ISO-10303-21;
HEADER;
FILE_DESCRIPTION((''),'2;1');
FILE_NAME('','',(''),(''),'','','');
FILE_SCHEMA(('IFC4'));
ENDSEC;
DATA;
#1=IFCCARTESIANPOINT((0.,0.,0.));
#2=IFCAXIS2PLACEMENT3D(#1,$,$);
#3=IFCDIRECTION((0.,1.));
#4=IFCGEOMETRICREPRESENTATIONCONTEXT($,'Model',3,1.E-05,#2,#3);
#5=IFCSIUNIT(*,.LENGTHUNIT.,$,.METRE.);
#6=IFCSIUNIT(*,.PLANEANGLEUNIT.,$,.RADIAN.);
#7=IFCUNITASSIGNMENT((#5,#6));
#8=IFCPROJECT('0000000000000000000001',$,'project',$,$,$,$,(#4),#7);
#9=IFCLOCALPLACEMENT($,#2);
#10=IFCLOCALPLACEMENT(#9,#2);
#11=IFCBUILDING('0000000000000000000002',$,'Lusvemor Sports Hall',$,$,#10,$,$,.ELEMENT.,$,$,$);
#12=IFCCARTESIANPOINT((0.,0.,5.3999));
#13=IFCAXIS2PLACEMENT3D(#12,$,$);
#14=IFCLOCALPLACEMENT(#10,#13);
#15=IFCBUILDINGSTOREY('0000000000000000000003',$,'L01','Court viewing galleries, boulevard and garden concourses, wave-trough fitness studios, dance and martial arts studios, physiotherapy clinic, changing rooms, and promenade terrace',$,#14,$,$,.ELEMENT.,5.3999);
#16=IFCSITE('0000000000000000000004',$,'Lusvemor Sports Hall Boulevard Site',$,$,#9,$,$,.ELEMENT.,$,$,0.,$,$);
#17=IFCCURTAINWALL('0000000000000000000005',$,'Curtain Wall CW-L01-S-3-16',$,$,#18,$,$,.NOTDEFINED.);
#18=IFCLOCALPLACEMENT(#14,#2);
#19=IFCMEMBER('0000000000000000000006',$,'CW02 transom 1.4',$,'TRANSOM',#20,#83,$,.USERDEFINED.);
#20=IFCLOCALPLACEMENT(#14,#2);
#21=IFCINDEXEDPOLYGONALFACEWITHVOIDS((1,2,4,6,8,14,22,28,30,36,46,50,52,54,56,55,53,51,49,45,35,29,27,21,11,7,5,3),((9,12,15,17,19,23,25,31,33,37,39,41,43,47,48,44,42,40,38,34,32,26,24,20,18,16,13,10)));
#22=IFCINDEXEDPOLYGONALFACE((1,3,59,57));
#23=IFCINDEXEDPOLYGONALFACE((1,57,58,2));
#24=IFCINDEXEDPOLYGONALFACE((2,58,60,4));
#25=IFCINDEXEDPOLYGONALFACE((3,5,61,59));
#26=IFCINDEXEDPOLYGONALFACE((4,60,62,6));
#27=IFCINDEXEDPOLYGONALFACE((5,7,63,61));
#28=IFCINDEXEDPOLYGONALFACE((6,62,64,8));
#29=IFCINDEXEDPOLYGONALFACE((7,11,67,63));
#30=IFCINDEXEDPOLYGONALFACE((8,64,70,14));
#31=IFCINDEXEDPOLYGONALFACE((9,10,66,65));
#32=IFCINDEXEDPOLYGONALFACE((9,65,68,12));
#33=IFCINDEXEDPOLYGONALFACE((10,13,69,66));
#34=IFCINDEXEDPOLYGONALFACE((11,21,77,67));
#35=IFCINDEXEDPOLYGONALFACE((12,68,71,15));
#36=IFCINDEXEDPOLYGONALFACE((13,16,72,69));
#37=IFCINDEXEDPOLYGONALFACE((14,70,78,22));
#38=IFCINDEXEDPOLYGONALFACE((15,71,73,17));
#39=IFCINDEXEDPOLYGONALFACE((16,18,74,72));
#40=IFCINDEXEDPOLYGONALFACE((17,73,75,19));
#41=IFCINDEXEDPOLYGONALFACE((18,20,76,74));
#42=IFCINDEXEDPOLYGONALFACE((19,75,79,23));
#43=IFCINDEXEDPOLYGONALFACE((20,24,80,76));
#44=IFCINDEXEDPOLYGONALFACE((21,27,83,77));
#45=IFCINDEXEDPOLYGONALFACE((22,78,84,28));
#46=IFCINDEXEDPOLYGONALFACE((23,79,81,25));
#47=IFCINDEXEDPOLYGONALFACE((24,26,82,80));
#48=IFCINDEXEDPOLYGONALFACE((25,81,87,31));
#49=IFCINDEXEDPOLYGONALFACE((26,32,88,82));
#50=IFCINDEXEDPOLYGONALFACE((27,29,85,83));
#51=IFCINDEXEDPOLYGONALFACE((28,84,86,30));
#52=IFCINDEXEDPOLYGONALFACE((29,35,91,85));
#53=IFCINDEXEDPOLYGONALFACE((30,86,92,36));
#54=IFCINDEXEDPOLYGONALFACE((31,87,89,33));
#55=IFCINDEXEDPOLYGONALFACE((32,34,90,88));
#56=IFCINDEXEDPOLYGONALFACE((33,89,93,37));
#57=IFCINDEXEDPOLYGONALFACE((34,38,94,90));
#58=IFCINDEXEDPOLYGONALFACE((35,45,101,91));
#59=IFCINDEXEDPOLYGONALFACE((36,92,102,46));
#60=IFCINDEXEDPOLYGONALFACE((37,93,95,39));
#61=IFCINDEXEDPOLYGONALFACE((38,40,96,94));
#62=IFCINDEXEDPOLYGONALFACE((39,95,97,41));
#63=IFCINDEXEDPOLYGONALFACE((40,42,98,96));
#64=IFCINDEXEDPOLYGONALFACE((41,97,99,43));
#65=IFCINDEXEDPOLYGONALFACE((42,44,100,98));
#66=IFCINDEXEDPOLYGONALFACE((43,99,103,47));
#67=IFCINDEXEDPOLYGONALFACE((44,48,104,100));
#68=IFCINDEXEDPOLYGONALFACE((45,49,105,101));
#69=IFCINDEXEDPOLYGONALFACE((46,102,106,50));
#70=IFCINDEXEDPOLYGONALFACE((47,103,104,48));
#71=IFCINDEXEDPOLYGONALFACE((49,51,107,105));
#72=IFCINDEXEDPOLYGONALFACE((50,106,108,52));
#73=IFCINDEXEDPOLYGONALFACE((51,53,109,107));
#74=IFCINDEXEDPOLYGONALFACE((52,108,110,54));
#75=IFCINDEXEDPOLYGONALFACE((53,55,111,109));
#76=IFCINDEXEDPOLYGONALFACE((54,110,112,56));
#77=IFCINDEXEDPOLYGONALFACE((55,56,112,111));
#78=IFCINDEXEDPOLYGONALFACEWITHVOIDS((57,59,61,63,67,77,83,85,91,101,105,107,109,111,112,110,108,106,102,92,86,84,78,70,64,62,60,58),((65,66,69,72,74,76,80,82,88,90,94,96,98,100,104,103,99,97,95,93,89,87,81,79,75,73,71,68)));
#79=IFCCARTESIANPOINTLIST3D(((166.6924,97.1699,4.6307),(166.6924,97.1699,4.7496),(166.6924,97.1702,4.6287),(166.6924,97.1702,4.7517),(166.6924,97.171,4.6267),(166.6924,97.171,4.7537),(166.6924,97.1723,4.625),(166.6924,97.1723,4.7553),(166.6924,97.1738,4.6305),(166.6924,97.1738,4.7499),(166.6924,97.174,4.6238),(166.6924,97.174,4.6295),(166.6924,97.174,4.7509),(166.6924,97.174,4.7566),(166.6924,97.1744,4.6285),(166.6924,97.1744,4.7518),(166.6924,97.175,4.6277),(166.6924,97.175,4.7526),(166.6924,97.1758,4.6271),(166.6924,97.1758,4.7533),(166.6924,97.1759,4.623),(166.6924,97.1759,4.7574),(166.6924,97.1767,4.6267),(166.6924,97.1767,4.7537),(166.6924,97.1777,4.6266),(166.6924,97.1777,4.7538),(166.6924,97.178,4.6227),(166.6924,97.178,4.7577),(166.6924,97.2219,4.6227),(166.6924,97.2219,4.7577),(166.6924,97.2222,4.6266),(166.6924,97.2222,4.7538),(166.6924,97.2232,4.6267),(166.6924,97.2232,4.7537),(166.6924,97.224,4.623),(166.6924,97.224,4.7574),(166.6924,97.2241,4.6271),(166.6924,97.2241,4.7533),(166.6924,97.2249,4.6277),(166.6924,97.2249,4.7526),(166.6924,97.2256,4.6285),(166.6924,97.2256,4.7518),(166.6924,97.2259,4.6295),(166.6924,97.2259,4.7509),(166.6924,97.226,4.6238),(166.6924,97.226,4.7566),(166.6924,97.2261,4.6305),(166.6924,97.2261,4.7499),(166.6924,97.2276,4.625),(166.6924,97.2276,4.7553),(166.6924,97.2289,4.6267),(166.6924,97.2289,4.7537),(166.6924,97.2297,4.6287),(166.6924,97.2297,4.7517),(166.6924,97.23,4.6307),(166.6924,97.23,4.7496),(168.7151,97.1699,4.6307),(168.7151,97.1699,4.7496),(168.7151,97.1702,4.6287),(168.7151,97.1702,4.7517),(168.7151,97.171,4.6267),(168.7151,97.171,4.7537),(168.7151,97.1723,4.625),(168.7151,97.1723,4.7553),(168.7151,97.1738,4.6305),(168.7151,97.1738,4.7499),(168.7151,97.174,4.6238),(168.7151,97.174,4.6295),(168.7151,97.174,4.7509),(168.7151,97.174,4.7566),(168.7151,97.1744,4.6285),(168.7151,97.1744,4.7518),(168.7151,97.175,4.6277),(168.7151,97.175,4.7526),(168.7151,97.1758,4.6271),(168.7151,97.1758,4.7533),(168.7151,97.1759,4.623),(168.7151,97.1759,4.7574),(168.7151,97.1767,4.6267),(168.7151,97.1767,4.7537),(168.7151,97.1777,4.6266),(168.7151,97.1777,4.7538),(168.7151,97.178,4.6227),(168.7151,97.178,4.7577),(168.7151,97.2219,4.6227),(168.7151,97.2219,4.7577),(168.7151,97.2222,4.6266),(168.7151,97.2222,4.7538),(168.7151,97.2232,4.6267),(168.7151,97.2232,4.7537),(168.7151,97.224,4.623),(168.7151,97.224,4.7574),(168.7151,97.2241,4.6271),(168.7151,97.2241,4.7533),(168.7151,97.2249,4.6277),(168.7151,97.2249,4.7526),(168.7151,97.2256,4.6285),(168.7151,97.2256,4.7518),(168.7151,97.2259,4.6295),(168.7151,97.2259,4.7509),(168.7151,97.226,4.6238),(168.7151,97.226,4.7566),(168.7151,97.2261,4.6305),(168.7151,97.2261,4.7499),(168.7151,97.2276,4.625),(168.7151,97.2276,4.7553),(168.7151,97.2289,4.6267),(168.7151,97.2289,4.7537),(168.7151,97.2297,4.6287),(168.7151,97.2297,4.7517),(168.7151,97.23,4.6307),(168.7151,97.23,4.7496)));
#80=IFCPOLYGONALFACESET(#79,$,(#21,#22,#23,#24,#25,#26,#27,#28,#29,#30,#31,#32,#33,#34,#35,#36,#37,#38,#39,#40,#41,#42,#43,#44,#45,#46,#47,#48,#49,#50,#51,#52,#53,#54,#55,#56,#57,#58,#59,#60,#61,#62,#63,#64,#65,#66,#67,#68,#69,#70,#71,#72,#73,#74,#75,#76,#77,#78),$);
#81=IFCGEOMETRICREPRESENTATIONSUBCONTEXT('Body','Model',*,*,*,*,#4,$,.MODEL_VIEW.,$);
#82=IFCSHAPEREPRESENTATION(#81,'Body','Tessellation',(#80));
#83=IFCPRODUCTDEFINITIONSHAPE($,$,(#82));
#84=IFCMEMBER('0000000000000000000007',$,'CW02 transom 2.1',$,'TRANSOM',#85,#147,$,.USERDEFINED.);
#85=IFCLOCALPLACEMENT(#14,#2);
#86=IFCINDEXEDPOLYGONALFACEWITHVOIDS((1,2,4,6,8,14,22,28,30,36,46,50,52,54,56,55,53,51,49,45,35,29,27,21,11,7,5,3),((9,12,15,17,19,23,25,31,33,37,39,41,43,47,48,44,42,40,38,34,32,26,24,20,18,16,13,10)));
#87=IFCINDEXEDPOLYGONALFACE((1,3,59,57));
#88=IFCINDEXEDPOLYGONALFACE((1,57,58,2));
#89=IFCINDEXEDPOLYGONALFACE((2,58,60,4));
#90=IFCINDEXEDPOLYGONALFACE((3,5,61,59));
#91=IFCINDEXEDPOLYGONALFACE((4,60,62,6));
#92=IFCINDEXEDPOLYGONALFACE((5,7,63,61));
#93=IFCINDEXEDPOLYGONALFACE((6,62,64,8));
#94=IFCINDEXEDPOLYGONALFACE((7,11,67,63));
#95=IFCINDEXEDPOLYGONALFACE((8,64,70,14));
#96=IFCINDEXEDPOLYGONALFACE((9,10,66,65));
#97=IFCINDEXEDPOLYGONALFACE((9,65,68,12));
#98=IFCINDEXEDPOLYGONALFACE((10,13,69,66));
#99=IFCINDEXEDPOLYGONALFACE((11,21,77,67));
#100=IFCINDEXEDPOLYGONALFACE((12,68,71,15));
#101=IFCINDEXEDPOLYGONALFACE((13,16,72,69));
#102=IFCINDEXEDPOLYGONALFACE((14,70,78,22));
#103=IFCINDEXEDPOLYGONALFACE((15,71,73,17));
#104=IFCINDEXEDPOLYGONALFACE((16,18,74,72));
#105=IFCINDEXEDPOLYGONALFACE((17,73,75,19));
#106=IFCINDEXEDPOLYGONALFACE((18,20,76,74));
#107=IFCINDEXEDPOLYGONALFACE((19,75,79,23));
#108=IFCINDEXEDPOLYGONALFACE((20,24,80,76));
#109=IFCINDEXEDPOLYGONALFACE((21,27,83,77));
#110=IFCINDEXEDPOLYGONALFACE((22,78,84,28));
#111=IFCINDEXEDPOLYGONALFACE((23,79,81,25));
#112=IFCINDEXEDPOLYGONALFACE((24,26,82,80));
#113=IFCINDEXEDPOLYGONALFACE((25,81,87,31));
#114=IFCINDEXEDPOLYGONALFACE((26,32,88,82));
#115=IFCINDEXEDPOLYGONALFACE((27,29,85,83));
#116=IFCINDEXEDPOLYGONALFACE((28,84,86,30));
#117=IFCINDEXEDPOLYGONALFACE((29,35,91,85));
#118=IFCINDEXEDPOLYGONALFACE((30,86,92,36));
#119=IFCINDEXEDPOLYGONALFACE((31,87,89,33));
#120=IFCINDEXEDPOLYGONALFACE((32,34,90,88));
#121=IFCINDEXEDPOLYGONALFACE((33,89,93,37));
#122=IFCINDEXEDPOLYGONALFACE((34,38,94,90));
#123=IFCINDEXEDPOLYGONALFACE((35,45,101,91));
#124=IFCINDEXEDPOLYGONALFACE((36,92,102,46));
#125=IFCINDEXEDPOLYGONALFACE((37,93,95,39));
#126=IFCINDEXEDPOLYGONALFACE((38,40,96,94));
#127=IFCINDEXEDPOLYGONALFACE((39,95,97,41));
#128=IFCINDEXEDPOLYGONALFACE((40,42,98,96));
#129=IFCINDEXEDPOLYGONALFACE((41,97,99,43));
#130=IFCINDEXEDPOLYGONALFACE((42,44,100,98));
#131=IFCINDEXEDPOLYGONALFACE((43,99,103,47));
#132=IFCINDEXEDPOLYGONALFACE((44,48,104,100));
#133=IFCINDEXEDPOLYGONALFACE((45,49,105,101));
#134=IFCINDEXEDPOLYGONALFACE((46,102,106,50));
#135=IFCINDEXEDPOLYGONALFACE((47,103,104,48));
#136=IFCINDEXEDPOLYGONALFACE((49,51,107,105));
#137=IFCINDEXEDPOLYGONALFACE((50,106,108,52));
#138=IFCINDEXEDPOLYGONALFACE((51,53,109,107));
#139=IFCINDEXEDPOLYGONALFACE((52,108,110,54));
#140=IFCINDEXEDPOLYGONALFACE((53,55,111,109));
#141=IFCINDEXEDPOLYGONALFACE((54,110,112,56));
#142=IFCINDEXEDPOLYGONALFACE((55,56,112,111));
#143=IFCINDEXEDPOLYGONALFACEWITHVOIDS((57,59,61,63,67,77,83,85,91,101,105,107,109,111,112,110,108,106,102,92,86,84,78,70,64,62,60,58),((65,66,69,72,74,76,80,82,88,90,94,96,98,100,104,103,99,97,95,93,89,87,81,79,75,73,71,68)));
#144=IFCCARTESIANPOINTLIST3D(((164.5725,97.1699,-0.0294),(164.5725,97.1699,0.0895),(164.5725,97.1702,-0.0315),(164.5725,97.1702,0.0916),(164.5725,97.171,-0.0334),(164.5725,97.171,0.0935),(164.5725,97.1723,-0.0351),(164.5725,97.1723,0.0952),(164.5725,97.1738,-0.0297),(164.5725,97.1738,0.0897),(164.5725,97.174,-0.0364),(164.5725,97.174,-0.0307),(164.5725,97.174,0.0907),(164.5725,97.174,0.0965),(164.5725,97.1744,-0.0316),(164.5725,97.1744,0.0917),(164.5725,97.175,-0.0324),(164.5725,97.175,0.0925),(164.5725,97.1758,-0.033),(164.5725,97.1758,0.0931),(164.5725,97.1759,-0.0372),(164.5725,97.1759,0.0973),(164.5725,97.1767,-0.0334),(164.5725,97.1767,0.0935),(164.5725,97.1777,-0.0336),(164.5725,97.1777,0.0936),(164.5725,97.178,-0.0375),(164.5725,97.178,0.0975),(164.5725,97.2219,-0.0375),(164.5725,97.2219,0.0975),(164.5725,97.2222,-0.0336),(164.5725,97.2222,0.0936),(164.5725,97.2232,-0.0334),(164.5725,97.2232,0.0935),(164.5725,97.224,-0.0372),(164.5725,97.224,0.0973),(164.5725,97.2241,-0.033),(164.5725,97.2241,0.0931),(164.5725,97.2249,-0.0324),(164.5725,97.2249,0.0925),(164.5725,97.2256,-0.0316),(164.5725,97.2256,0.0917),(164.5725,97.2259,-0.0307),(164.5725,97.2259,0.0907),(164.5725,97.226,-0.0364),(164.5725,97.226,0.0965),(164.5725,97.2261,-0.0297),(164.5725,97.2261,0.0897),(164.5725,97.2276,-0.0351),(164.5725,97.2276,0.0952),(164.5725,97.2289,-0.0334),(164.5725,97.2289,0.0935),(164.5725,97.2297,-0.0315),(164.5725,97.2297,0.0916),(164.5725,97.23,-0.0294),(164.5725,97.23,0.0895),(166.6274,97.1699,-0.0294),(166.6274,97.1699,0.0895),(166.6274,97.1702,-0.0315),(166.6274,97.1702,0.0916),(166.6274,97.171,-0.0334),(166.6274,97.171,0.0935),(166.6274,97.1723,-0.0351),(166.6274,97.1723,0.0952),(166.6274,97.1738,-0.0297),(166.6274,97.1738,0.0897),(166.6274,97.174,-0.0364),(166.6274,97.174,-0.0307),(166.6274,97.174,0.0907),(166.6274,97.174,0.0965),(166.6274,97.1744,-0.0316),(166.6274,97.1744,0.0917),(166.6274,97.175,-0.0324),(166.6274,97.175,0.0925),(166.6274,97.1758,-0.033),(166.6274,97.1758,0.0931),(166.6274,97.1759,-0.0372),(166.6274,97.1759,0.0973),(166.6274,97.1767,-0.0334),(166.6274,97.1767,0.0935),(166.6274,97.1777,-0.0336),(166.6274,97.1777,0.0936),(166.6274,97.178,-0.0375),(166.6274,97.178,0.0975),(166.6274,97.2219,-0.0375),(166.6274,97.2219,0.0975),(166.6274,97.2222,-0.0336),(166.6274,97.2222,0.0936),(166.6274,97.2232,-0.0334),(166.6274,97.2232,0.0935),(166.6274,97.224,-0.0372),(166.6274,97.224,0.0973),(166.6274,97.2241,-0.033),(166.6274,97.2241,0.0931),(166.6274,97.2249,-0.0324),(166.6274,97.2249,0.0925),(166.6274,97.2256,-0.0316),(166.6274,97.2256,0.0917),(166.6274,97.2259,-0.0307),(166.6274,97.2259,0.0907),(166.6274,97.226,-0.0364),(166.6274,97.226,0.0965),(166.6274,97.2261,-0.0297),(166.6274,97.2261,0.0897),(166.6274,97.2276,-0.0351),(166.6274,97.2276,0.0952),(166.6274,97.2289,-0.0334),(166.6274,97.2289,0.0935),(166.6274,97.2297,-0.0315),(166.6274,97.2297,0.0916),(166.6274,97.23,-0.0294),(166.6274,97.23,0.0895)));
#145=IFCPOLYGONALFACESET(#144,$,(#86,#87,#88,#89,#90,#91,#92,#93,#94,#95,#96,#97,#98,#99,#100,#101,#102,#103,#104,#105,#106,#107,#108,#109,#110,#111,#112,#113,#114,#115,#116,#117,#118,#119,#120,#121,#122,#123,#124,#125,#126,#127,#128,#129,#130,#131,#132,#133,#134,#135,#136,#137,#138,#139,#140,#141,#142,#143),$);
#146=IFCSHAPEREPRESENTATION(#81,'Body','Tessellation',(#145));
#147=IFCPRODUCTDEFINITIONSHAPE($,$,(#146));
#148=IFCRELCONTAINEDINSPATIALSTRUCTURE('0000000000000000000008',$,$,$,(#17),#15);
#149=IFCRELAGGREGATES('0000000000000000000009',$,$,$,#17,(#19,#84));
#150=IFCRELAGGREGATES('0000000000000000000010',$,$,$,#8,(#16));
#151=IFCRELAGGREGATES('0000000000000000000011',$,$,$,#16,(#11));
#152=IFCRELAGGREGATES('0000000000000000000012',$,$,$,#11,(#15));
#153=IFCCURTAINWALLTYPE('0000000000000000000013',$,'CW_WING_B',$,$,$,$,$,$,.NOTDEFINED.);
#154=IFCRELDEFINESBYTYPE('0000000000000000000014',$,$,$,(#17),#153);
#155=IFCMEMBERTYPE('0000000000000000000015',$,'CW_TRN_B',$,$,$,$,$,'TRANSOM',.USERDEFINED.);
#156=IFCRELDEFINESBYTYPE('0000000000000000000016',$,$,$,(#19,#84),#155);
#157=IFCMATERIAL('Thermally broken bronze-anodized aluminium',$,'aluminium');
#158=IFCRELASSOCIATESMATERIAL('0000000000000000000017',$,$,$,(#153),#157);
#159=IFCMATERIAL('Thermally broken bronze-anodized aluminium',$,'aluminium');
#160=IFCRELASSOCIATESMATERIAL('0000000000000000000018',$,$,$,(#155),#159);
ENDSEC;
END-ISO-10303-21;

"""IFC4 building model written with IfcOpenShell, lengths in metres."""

from ifc_helpers import new_model, si_unit, direction, frame, origin, origin_2d, place, context, subcontext, project, spatial, hollow_rectangle, extrude, material, material_profile, profile_set, type_object, element, aggregate, save


model = new_model("IFC4")

# Units and contexts
model_context = context("Model", 3, precision=1e-05, world=origin(), true_north=direction((0.0, 1.0)))
body_context = subcontext(model_context, "Body", "Model", "MODEL_VIEW")
ifc_project = project(units=[si_unit("LENGTHUNIT", "METRE"), si_unit("PLANEANGLEUNIT", "RADIAN")], contexts=[model_context])

# Site, building, storey
site_placement = place(None, origin())
site = spatial("IfcSite", under=ifc_project, at=site_placement, Name="Lusvemor Sports Hall Boulevard Site", CompositionType="ELEMENT", RefElevation=0.0)
building_placement = place(site_placement, origin())
building = spatial("IfcBuilding", under=site, at=building_placement, Name="Lusvemor Sports Hall", CompositionType="ELEMENT")
storey_placement = place(building_placement, frame((0.0, 0.0, 5.3999)))
storey = spatial("IfcBuildingStorey", under=building, at=storey_placement, Name="L01", Description="Court viewing galleries, boulevard and garden concourses, wave-trough fitness studios, dance and martial arts studios, physiotherapy clinic, changing rooms, and promenade terrace", CompositionType="ELEMENT", Elevation=5.3999)

# Curtain wall, members
ifc_material_1 = material(Name="Thermally broken bronze-anodized aluminium", Category="aluminium")
curtain_wall_type = type_object("IfcCurtainWallType", Name="CW_WING_B", PredefinedType="NOTDEFINED", material=ifc_material_1)
curtain_wall_placement = place(storey_placement, origin())
curtain_wall = element("IfcCurtainWall", 1, at=curtain_wall_placement, inside=storey, type_object=curtain_wall_type, Name="Curtain Wall CW-L01-S-3-16", PredefinedType="NOTDEFINED")
ifc_material_2 = material(Name="Thermally broken bronze-anodized aluminium", Category="aluminium")
ifc_material_profile_1 = material_profile(ifc_material_2, hollow_rectangle(XDim=0.0601, YDim=0.135, WallThickness=0.0039, InnerFilletRadius=0.0039, OuterFilletRadius=0.0081, at=origin_2d()), Name="CWTRN135x60x4")
ifc_profile_set_1 = profile_set([ifc_material_profile_1], Name="Thermally broken bronze-anodized aluminium")
member_type_1 = type_object("IfcMemberType", Name="CW_TRN_B", ElementType="TRANSOM", PredefinedType="USERDEFINED", material=ifc_profile_set_1)
member_1_placement = place(storey_placement, frame((168.7151, 97.2, 4.6902), z_axis=(-1.0, 0.0, 0.0), x_axis=(0.0, -1.0, 0.0)))
member_1 = element("IfcMember", 2, at=member_1_placement, type_object=member_type_1, Name="CW02 transom 1.4", ObjectType="TRANSOM", PredefinedType="USERDEFINED", context=body_context, shape_type="SweptSolid", body=[
    extrude(hollow_rectangle(XDim=0.0601, YDim=0.135, WallThickness=0.0039, InnerFilletRadius=0.0039, OuterFilletRadius=0.0081, at=origin_2d()), origin(), (0.0, 0.0, 1.0), 2.0227),
])
member_2_placement = place(storey_placement, frame((166.6274, 97.2, 0.03), z_axis=(-1.0, 0.0, 0.0), x_axis=(0.0, -1.0, 0.0)))
member_2 = element("IfcMember", 3, at=member_2_placement, type_object=member_type_1, Name="CW02 transom 2.1", ObjectType="TRANSOM", PredefinedType="USERDEFINED", context=body_context, shape_type="SweptSolid", body=[
    extrude(hollow_rectangle(XDim=0.0601, YDim=0.135, WallThickness=0.0039, InnerFilletRadius=0.0039, OuterFilletRadius=0.0081, at=origin_2d()), origin(), (0.0, 0.0, 1.0), 2.0549),
])

aggregate(curtain_wall, [member_1, member_2])

save(model, "model.ifc")
